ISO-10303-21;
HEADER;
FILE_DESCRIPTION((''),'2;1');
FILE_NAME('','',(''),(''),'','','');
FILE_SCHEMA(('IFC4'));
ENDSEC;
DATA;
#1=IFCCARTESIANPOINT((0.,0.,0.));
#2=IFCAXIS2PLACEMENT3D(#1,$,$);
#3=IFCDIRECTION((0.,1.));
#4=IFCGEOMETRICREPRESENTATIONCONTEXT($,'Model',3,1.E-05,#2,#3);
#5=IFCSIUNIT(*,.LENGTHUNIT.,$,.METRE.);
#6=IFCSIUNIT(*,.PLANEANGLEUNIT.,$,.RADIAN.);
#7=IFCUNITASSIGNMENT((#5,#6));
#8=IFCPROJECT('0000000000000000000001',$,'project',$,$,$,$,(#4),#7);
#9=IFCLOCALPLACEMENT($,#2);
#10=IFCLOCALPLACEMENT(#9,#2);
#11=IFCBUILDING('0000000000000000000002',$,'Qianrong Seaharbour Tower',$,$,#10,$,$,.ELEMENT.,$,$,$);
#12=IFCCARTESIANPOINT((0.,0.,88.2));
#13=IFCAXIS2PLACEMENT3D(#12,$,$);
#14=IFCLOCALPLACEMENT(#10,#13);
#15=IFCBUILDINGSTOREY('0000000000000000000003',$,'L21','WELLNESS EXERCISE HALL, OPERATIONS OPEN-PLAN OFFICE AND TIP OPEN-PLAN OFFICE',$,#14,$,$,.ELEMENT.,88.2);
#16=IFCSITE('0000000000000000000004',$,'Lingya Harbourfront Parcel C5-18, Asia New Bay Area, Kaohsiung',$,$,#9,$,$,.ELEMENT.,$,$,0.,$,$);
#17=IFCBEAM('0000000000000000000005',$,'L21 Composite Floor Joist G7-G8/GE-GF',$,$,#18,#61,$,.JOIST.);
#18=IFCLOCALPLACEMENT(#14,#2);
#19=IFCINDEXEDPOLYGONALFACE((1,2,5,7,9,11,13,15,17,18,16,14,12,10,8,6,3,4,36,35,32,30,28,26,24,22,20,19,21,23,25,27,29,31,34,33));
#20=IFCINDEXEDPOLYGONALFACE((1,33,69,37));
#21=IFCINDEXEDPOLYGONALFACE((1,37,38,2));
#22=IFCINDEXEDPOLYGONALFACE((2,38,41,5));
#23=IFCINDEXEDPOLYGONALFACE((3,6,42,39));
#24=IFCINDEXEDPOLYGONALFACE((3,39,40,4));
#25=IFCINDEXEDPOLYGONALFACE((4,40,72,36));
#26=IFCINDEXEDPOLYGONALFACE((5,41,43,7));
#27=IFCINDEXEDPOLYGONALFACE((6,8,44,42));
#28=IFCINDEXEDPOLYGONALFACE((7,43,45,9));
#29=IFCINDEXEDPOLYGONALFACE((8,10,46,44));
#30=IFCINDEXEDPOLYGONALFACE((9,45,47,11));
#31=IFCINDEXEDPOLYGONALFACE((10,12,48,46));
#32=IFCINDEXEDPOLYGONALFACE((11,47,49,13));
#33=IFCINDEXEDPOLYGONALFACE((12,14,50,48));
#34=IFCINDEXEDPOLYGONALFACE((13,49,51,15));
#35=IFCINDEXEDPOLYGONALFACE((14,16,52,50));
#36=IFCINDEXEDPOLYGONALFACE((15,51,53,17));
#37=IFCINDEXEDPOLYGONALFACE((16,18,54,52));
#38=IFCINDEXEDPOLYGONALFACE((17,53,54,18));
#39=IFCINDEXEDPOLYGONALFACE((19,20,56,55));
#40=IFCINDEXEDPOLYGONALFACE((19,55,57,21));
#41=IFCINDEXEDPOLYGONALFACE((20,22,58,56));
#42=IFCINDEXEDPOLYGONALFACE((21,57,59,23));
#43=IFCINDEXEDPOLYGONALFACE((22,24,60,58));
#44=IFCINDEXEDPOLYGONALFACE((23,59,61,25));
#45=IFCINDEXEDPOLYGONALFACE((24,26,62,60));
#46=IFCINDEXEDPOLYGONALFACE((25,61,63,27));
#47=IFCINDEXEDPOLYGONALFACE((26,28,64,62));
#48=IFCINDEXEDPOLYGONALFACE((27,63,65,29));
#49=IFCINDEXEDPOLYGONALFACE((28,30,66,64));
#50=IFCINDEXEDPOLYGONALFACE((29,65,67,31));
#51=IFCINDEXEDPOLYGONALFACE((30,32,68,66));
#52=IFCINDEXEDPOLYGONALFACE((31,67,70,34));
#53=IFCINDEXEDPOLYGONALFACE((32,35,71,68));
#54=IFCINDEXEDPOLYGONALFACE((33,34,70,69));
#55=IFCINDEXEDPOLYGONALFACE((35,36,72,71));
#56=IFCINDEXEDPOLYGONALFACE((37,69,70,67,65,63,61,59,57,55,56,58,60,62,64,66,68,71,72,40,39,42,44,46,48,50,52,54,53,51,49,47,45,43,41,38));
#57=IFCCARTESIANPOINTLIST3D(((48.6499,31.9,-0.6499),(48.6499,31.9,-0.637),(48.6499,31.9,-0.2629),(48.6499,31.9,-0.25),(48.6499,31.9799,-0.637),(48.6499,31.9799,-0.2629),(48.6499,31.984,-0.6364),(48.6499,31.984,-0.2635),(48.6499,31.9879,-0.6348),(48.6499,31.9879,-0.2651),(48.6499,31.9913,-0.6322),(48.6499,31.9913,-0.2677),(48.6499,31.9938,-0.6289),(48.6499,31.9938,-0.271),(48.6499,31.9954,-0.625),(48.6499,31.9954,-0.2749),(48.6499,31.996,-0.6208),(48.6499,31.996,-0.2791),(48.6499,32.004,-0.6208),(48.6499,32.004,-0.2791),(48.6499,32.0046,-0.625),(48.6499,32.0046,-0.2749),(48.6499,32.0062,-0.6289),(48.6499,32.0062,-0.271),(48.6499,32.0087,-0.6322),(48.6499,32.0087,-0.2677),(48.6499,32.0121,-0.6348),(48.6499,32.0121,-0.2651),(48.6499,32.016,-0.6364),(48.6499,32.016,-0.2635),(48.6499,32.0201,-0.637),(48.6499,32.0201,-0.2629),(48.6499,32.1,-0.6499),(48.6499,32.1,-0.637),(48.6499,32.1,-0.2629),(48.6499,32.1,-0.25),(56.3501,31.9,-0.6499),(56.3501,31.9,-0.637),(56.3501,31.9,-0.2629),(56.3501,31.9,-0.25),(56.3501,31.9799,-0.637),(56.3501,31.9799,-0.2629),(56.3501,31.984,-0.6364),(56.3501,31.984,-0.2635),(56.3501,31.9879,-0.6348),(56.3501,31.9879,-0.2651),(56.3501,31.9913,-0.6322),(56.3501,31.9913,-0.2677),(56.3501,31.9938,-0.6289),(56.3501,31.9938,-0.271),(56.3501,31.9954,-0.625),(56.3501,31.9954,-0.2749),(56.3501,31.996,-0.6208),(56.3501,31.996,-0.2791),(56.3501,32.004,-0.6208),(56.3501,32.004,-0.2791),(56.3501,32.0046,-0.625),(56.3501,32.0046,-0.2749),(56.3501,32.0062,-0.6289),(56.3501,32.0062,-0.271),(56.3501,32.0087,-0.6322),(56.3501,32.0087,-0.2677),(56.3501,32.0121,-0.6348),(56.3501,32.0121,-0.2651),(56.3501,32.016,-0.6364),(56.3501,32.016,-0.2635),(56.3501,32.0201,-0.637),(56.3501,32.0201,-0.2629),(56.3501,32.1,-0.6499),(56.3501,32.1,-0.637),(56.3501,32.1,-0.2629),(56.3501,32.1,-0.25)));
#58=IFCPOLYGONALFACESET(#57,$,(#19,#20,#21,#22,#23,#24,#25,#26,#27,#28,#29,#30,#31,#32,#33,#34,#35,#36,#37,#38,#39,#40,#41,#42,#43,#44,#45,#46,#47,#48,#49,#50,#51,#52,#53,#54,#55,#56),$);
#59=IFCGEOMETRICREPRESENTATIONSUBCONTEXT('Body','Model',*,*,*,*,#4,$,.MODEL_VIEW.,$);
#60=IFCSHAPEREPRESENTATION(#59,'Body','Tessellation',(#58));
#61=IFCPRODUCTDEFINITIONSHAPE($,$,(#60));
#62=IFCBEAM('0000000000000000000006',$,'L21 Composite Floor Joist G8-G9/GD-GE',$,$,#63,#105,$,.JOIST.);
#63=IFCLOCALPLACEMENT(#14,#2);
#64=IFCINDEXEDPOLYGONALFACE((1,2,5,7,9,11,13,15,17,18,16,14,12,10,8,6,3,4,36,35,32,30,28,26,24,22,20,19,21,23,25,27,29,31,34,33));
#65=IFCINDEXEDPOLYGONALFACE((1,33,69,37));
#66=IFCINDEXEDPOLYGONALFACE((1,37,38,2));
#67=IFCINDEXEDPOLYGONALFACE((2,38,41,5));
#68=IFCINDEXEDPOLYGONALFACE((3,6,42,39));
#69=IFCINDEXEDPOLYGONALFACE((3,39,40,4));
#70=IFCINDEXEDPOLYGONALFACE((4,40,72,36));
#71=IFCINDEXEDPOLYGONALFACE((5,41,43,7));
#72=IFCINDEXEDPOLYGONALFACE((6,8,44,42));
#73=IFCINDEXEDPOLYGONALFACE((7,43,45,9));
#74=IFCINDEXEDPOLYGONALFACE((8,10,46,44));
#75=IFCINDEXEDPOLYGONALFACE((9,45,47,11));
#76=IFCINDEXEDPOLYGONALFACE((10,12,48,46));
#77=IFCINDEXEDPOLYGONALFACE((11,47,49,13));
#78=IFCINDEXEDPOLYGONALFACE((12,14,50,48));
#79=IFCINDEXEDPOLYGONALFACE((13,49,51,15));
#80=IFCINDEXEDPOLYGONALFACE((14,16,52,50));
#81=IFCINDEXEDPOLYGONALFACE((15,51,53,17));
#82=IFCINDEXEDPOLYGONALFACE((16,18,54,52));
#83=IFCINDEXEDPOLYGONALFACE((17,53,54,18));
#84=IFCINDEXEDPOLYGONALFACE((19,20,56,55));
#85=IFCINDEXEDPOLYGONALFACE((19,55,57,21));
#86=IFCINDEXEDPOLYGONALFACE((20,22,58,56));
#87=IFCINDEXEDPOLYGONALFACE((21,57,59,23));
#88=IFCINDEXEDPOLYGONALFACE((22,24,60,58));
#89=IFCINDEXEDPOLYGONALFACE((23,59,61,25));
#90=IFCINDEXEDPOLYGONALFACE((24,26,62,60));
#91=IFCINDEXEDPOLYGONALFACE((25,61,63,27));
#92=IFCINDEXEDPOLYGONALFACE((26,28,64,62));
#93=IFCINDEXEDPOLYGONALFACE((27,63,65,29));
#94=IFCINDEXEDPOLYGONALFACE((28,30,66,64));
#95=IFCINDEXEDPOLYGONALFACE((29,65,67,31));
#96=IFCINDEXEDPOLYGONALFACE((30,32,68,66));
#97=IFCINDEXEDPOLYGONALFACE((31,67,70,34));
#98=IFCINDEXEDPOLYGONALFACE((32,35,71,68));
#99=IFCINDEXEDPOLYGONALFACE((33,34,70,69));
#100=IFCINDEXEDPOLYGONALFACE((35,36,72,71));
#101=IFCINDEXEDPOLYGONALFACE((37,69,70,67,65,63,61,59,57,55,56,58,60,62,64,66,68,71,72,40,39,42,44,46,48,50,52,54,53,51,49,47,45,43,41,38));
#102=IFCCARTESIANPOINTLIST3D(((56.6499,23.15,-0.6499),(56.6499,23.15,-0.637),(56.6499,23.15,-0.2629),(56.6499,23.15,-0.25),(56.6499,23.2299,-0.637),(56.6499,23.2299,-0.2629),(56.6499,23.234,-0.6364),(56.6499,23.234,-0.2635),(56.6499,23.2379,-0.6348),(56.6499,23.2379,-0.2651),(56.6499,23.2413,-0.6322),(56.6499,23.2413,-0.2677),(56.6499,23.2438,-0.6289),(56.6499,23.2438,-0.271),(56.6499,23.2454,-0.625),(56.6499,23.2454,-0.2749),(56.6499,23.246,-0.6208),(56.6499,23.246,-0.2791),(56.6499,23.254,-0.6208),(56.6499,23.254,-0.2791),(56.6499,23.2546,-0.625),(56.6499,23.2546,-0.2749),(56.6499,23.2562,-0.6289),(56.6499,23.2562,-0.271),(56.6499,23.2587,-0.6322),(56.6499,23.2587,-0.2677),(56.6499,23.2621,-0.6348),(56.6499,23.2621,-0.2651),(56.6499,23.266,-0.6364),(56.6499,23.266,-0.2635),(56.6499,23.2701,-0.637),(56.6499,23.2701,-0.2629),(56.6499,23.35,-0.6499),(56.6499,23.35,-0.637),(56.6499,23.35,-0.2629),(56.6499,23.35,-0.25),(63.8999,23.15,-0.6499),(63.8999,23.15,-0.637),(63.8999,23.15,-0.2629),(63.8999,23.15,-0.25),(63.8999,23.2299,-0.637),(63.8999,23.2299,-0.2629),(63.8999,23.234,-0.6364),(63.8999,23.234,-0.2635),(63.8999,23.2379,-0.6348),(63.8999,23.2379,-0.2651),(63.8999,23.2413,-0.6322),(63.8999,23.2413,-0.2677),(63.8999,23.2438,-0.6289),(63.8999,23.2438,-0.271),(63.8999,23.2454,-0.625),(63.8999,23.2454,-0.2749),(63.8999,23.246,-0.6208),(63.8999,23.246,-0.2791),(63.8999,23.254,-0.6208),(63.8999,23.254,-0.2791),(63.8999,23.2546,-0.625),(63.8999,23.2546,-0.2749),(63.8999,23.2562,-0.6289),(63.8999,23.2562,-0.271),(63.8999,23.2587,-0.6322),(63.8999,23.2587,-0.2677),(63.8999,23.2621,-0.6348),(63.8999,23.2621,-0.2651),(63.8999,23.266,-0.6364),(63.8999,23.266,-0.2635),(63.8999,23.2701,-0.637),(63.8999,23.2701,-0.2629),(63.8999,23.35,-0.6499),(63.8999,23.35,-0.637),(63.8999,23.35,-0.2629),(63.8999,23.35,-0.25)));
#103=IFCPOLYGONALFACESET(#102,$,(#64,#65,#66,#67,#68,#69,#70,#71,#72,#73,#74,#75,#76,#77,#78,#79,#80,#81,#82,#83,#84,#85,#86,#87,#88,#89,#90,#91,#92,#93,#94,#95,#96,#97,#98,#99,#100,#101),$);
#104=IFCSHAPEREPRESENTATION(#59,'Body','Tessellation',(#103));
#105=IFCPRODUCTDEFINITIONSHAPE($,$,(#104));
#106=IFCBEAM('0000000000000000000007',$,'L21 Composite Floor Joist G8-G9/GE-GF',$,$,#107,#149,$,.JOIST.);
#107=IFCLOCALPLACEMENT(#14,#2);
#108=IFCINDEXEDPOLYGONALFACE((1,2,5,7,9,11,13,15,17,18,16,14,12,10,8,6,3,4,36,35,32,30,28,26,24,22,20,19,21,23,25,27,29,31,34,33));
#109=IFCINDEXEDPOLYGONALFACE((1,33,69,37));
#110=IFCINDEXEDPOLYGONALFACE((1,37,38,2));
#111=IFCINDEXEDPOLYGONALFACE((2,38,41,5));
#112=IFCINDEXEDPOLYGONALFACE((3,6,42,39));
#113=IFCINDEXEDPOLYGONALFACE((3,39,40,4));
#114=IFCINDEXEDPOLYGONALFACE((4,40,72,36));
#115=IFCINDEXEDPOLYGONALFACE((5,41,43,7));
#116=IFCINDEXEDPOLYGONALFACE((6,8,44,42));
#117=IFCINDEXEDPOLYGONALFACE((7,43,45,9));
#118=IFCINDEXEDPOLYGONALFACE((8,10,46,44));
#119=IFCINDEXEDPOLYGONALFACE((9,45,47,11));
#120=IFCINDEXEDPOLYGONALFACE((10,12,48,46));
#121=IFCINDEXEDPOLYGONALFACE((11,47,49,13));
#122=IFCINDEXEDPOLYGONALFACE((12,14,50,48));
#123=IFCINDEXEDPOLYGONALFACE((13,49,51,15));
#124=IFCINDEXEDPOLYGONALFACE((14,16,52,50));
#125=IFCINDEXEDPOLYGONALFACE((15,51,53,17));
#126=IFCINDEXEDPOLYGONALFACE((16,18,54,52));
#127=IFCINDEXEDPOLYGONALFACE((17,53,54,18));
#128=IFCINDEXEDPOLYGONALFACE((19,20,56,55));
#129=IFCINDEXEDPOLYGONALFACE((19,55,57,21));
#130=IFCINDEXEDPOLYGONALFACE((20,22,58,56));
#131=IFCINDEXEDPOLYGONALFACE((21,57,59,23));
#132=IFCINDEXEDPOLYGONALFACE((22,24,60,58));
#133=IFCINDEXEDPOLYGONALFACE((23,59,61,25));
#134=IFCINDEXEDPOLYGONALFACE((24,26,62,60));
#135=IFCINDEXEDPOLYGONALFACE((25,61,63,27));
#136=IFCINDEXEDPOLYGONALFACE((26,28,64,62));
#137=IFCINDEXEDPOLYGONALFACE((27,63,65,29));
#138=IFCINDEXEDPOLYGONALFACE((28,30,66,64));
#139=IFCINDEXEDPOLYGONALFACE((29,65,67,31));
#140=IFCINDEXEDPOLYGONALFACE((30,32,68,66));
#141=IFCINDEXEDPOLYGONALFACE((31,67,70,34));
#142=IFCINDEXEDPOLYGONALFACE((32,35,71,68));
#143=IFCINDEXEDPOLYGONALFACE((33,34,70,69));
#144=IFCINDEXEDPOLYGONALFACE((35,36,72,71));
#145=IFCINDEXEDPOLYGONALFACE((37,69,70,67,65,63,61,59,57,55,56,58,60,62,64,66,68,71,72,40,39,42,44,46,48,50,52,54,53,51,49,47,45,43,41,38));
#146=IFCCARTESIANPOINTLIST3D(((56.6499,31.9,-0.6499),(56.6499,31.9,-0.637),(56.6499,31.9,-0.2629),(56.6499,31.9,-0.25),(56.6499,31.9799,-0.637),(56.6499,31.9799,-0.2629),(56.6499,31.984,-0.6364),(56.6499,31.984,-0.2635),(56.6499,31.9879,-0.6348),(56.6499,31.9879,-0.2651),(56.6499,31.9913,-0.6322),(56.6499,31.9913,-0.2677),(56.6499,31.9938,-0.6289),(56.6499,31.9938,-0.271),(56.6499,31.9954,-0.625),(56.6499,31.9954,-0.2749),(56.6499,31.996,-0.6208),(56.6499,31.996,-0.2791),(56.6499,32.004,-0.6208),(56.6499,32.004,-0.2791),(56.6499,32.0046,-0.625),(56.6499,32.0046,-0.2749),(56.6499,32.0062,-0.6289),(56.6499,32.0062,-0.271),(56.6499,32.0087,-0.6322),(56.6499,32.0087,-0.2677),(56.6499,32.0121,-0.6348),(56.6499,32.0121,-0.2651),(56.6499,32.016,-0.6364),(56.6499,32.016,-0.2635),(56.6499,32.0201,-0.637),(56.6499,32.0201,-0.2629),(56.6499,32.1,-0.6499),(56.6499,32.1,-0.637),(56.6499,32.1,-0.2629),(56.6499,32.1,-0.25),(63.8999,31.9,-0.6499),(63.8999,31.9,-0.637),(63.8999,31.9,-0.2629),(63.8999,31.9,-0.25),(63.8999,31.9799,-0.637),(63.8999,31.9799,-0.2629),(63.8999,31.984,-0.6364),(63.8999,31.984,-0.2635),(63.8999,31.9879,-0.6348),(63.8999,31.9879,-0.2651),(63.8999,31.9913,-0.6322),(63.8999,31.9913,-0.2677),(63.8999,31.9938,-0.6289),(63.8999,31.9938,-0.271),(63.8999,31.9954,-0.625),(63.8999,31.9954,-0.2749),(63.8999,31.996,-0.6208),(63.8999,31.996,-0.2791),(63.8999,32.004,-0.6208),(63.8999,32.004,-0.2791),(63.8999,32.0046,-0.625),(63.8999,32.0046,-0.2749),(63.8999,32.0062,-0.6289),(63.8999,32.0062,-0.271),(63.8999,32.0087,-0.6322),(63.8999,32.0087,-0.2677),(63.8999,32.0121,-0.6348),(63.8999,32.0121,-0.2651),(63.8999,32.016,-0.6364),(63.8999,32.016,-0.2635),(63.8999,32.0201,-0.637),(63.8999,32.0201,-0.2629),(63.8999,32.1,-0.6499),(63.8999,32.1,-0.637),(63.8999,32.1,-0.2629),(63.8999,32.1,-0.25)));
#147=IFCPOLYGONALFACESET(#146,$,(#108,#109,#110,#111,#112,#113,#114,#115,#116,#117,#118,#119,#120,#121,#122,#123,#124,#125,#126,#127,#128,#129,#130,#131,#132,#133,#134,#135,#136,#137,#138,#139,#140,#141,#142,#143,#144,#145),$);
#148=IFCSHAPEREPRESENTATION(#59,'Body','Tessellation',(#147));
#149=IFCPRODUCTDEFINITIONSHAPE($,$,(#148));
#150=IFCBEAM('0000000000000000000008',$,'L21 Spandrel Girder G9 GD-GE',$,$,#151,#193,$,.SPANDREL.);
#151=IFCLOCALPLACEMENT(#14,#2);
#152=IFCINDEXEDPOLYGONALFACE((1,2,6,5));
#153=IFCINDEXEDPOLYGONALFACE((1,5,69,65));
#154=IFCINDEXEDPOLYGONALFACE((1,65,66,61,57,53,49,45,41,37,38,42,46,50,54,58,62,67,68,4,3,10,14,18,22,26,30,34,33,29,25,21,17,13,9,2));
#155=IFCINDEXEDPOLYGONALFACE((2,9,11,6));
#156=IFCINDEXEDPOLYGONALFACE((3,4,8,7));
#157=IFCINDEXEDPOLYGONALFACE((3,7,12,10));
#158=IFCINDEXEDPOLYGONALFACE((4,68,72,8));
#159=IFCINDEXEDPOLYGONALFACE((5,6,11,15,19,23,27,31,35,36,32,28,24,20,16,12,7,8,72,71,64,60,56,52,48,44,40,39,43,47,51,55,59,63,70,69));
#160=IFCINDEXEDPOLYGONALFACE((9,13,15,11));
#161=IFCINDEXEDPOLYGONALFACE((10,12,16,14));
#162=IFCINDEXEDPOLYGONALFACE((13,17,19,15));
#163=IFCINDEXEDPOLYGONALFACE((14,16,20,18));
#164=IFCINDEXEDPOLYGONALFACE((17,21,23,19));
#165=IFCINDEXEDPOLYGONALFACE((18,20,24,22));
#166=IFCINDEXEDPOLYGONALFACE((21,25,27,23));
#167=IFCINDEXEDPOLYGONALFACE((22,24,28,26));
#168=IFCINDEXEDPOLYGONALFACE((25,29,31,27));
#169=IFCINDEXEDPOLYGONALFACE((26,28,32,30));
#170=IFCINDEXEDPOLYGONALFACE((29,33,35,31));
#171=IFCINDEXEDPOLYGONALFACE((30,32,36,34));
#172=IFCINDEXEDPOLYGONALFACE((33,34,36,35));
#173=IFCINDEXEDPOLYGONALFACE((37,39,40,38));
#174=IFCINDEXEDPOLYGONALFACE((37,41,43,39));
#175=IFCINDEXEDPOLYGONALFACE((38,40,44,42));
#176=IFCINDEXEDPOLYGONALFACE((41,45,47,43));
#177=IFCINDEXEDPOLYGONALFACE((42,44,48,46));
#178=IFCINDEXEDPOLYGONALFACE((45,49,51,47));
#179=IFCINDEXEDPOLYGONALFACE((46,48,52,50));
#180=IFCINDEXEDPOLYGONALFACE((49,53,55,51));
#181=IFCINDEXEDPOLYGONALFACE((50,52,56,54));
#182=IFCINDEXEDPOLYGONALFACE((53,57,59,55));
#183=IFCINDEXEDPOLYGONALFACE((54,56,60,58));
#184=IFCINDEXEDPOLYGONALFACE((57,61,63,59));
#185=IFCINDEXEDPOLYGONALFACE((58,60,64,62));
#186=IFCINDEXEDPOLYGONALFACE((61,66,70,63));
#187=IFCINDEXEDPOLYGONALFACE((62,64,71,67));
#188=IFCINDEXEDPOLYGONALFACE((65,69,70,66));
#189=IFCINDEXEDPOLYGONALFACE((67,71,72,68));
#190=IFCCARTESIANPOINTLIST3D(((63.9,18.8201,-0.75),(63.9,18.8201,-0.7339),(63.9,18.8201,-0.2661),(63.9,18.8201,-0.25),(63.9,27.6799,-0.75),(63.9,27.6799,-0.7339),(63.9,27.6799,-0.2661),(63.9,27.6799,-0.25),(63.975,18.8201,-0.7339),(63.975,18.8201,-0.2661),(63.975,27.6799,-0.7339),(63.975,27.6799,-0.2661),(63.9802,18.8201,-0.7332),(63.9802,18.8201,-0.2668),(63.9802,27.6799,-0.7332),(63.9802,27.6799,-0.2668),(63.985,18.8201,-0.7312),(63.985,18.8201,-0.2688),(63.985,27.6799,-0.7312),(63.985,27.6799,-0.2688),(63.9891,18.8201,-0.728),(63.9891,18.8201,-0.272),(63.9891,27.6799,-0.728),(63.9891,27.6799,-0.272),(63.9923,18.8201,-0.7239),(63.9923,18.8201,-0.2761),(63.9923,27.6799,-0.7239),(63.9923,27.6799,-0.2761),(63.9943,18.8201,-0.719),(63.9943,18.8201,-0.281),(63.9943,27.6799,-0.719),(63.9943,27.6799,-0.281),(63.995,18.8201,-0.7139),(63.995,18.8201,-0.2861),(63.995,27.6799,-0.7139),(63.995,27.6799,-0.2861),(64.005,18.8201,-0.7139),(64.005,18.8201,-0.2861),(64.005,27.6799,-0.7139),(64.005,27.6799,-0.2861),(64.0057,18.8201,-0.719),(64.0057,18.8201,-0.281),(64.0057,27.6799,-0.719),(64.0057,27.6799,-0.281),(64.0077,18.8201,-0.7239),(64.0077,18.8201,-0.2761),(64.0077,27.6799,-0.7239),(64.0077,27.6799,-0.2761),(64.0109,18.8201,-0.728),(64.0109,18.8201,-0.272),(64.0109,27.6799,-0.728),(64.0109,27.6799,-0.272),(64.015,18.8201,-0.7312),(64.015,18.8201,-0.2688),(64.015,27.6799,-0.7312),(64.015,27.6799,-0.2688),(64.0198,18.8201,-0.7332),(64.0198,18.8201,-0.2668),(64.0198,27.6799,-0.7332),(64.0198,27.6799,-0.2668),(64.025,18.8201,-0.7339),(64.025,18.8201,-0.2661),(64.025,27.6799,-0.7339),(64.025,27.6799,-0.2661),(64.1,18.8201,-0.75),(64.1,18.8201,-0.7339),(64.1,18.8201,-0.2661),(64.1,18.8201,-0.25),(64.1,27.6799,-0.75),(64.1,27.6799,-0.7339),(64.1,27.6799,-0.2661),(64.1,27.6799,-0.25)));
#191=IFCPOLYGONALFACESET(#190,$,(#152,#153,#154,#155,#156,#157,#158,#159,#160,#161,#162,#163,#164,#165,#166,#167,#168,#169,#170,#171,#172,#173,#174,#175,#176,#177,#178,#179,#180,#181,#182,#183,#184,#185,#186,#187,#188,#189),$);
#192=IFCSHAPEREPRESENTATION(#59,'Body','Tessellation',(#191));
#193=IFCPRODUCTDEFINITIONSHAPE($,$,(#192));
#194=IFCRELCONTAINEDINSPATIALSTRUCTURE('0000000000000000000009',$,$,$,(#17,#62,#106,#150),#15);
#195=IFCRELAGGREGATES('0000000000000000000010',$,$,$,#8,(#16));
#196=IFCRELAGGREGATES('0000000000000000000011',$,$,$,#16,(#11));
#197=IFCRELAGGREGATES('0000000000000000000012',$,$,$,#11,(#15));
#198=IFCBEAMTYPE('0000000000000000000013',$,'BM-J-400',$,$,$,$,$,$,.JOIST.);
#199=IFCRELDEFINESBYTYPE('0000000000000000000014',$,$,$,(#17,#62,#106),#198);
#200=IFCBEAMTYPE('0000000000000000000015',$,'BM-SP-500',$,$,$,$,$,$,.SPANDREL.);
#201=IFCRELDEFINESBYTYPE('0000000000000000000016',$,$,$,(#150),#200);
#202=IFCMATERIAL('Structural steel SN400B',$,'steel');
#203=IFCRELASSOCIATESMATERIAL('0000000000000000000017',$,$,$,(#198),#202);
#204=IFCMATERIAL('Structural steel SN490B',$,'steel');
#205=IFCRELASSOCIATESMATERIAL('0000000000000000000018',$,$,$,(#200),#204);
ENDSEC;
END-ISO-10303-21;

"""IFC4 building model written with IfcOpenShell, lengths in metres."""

from ifc_helpers import new_model, si_unit, direction, frame, origin, origin_2d, place, context, subcontext, project, spatial, i_section, extrude, material, material_profile, profile_set, type_object, element, save


model = new_model("IFC4")

# Units and contexts
model_context = context("Model", 3, precision=1e-05, world=origin(), true_north=direction((0.0, 1.0)))
body_context = subcontext(model_context, "Body", "Model", "MODEL_VIEW")
ifc_project = project(units=[si_unit("LENGTHUNIT", "METRE"), si_unit("PLANEANGLEUNIT", "RADIAN")], contexts=[model_context])

# Site, building, storey
site_placement = place(None, origin())
site = spatial("IfcSite", under=ifc_project, at=site_placement, Name="Lingya Harbourfront Parcel C5-18, Asia New Bay Area, Kaohsiung", CompositionType="ELEMENT", RefElevation=0.0)
building_placement = place(site_placement, origin())
building = spatial("IfcBuilding", under=site, at=building_placement, Name="Qianrong Seaharbour Tower", CompositionType="ELEMENT")
storey_placement = place(building_placement, frame((0.0, 0.0, 88.2)))
storey = spatial("IfcBuildingStorey", under=building, at=storey_placement, Name="L21", Description="WELLNESS EXERCISE HALL, OPERATIONS OPEN-PLAN OFFICE AND TIP OPEN-PLAN OFFICE", CompositionType="ELEMENT", Elevation=88.2)

# Shared definitions
ifc_material_1 = material(Name="Structural steel SN490B", Category="steel")

# Beams
ifc_material_2 = material(Name="Structural steel SN400B", Category="steel")
ifc_material_profile_1 = material_profile(ifc_material_2, i_section(OverallWidth=0.2, OverallDepth=0.3999, WebThickness=0.0081, FlangeThickness=0.0129, FilletRadius=0.0161, at=origin_2d()), Name="H400x200x8x13")
ifc_profile_set_1 = profile_set([ifc_material_profile_1], Name="Structural steel SN400B")
beam_type_1 = type_object("IfcBeamType", Name="BM-J-400", PredefinedType="JOIST", material=ifc_profile_set_1)
for number, where, z_axis, x_axis, name in (
    (1, (48.6499, 32.0, -0.45), (1.0, 0.0, 0.0), (0.0, 1.0, 0.0), "L21 Composite Floor Joist G7-G8/GE-GF"),
):
    element("IfcBeam", number, at=place(storey_placement, frame(where, z_axis=z_axis, x_axis=x_axis)), inside=storey, type_object=beam_type_1, Name=name, PredefinedType="JOIST", context=body_context, shape_type="SweptSolid", body=[
        extrude(i_section(OverallWidth=0.2, OverallDepth=0.3999, WebThickness=0.0081, FlangeThickness=0.0129, FilletRadius=0.0161, at=origin_2d()), origin(), (0.0, 0.0, 1.0), 7.7002),
    ])
for number, where, z_axis, x_axis, name in (
    (2, (56.6499, 23.25, -0.45), (1.0, 0.0, 0.0), (0.0, 1.0, 0.0), "L21 Composite Floor Joist G8-G9/GD-GE"),
    (3, (56.6499, 32.0, -0.45), (1.0, 0.0, 0.0), (0.0, 1.0, 0.0), "L21 Composite Floor Joist G8-G9/GE-GF"),
):
    element("IfcBeam", number, at=place(storey_placement, frame(where, z_axis=z_axis, x_axis=x_axis)), inside=storey, type_object=beam_type_1, Name=name, PredefinedType="JOIST", context=body_context, shape_type="SweptSolid", body=[
        extrude(i_section(OverallWidth=0.2, OverallDepth=0.3999, WebThickness=0.0081, FlangeThickness=0.0129, FilletRadius=0.0161, at=origin_2d()), origin(), (0.0, 0.0, 1.0), 7.25),
    ])
ifc_material_profile_2 = material_profile(ifc_material_1, i_section(OverallWidth=0.2, OverallDepth=0.5, WebThickness=0.01, FlangeThickness=0.0161, FilletRadius=0.02, at=origin_2d()), Name="H500x200x10x16")
ifc_profile_set_2 = profile_set([ifc_material_profile_2], Name="Structural steel SN490B")
beam_type_2 = type_object("IfcBeamType", Name="BM-SP-500", PredefinedType="SPANDREL", material=ifc_profile_set_2)
beam_1_placement = place(storey_placement, frame((64.0, 18.8201, -0.5), z_axis=(0.0, 1.0, 0.0), x_axis=(-1.0, 0.0, 0.0)))
element("IfcBeam", 4, at=beam_1_placement, inside=storey, type_object=beam_type_2, Name="L21 Spandrel Girder G9 GD-GE", PredefinedType="SPANDREL", context=body_context, shape_type="SweptSolid", body=[
    extrude(i_section(OverallWidth=0.2, OverallDepth=0.5, WebThickness=0.01, FlangeThickness=0.0161, FilletRadius=0.02, at=origin_2d()), origin(), (0.0, 0.0, 1.0), 8.8599),
])

save(model, "model.ifc")
